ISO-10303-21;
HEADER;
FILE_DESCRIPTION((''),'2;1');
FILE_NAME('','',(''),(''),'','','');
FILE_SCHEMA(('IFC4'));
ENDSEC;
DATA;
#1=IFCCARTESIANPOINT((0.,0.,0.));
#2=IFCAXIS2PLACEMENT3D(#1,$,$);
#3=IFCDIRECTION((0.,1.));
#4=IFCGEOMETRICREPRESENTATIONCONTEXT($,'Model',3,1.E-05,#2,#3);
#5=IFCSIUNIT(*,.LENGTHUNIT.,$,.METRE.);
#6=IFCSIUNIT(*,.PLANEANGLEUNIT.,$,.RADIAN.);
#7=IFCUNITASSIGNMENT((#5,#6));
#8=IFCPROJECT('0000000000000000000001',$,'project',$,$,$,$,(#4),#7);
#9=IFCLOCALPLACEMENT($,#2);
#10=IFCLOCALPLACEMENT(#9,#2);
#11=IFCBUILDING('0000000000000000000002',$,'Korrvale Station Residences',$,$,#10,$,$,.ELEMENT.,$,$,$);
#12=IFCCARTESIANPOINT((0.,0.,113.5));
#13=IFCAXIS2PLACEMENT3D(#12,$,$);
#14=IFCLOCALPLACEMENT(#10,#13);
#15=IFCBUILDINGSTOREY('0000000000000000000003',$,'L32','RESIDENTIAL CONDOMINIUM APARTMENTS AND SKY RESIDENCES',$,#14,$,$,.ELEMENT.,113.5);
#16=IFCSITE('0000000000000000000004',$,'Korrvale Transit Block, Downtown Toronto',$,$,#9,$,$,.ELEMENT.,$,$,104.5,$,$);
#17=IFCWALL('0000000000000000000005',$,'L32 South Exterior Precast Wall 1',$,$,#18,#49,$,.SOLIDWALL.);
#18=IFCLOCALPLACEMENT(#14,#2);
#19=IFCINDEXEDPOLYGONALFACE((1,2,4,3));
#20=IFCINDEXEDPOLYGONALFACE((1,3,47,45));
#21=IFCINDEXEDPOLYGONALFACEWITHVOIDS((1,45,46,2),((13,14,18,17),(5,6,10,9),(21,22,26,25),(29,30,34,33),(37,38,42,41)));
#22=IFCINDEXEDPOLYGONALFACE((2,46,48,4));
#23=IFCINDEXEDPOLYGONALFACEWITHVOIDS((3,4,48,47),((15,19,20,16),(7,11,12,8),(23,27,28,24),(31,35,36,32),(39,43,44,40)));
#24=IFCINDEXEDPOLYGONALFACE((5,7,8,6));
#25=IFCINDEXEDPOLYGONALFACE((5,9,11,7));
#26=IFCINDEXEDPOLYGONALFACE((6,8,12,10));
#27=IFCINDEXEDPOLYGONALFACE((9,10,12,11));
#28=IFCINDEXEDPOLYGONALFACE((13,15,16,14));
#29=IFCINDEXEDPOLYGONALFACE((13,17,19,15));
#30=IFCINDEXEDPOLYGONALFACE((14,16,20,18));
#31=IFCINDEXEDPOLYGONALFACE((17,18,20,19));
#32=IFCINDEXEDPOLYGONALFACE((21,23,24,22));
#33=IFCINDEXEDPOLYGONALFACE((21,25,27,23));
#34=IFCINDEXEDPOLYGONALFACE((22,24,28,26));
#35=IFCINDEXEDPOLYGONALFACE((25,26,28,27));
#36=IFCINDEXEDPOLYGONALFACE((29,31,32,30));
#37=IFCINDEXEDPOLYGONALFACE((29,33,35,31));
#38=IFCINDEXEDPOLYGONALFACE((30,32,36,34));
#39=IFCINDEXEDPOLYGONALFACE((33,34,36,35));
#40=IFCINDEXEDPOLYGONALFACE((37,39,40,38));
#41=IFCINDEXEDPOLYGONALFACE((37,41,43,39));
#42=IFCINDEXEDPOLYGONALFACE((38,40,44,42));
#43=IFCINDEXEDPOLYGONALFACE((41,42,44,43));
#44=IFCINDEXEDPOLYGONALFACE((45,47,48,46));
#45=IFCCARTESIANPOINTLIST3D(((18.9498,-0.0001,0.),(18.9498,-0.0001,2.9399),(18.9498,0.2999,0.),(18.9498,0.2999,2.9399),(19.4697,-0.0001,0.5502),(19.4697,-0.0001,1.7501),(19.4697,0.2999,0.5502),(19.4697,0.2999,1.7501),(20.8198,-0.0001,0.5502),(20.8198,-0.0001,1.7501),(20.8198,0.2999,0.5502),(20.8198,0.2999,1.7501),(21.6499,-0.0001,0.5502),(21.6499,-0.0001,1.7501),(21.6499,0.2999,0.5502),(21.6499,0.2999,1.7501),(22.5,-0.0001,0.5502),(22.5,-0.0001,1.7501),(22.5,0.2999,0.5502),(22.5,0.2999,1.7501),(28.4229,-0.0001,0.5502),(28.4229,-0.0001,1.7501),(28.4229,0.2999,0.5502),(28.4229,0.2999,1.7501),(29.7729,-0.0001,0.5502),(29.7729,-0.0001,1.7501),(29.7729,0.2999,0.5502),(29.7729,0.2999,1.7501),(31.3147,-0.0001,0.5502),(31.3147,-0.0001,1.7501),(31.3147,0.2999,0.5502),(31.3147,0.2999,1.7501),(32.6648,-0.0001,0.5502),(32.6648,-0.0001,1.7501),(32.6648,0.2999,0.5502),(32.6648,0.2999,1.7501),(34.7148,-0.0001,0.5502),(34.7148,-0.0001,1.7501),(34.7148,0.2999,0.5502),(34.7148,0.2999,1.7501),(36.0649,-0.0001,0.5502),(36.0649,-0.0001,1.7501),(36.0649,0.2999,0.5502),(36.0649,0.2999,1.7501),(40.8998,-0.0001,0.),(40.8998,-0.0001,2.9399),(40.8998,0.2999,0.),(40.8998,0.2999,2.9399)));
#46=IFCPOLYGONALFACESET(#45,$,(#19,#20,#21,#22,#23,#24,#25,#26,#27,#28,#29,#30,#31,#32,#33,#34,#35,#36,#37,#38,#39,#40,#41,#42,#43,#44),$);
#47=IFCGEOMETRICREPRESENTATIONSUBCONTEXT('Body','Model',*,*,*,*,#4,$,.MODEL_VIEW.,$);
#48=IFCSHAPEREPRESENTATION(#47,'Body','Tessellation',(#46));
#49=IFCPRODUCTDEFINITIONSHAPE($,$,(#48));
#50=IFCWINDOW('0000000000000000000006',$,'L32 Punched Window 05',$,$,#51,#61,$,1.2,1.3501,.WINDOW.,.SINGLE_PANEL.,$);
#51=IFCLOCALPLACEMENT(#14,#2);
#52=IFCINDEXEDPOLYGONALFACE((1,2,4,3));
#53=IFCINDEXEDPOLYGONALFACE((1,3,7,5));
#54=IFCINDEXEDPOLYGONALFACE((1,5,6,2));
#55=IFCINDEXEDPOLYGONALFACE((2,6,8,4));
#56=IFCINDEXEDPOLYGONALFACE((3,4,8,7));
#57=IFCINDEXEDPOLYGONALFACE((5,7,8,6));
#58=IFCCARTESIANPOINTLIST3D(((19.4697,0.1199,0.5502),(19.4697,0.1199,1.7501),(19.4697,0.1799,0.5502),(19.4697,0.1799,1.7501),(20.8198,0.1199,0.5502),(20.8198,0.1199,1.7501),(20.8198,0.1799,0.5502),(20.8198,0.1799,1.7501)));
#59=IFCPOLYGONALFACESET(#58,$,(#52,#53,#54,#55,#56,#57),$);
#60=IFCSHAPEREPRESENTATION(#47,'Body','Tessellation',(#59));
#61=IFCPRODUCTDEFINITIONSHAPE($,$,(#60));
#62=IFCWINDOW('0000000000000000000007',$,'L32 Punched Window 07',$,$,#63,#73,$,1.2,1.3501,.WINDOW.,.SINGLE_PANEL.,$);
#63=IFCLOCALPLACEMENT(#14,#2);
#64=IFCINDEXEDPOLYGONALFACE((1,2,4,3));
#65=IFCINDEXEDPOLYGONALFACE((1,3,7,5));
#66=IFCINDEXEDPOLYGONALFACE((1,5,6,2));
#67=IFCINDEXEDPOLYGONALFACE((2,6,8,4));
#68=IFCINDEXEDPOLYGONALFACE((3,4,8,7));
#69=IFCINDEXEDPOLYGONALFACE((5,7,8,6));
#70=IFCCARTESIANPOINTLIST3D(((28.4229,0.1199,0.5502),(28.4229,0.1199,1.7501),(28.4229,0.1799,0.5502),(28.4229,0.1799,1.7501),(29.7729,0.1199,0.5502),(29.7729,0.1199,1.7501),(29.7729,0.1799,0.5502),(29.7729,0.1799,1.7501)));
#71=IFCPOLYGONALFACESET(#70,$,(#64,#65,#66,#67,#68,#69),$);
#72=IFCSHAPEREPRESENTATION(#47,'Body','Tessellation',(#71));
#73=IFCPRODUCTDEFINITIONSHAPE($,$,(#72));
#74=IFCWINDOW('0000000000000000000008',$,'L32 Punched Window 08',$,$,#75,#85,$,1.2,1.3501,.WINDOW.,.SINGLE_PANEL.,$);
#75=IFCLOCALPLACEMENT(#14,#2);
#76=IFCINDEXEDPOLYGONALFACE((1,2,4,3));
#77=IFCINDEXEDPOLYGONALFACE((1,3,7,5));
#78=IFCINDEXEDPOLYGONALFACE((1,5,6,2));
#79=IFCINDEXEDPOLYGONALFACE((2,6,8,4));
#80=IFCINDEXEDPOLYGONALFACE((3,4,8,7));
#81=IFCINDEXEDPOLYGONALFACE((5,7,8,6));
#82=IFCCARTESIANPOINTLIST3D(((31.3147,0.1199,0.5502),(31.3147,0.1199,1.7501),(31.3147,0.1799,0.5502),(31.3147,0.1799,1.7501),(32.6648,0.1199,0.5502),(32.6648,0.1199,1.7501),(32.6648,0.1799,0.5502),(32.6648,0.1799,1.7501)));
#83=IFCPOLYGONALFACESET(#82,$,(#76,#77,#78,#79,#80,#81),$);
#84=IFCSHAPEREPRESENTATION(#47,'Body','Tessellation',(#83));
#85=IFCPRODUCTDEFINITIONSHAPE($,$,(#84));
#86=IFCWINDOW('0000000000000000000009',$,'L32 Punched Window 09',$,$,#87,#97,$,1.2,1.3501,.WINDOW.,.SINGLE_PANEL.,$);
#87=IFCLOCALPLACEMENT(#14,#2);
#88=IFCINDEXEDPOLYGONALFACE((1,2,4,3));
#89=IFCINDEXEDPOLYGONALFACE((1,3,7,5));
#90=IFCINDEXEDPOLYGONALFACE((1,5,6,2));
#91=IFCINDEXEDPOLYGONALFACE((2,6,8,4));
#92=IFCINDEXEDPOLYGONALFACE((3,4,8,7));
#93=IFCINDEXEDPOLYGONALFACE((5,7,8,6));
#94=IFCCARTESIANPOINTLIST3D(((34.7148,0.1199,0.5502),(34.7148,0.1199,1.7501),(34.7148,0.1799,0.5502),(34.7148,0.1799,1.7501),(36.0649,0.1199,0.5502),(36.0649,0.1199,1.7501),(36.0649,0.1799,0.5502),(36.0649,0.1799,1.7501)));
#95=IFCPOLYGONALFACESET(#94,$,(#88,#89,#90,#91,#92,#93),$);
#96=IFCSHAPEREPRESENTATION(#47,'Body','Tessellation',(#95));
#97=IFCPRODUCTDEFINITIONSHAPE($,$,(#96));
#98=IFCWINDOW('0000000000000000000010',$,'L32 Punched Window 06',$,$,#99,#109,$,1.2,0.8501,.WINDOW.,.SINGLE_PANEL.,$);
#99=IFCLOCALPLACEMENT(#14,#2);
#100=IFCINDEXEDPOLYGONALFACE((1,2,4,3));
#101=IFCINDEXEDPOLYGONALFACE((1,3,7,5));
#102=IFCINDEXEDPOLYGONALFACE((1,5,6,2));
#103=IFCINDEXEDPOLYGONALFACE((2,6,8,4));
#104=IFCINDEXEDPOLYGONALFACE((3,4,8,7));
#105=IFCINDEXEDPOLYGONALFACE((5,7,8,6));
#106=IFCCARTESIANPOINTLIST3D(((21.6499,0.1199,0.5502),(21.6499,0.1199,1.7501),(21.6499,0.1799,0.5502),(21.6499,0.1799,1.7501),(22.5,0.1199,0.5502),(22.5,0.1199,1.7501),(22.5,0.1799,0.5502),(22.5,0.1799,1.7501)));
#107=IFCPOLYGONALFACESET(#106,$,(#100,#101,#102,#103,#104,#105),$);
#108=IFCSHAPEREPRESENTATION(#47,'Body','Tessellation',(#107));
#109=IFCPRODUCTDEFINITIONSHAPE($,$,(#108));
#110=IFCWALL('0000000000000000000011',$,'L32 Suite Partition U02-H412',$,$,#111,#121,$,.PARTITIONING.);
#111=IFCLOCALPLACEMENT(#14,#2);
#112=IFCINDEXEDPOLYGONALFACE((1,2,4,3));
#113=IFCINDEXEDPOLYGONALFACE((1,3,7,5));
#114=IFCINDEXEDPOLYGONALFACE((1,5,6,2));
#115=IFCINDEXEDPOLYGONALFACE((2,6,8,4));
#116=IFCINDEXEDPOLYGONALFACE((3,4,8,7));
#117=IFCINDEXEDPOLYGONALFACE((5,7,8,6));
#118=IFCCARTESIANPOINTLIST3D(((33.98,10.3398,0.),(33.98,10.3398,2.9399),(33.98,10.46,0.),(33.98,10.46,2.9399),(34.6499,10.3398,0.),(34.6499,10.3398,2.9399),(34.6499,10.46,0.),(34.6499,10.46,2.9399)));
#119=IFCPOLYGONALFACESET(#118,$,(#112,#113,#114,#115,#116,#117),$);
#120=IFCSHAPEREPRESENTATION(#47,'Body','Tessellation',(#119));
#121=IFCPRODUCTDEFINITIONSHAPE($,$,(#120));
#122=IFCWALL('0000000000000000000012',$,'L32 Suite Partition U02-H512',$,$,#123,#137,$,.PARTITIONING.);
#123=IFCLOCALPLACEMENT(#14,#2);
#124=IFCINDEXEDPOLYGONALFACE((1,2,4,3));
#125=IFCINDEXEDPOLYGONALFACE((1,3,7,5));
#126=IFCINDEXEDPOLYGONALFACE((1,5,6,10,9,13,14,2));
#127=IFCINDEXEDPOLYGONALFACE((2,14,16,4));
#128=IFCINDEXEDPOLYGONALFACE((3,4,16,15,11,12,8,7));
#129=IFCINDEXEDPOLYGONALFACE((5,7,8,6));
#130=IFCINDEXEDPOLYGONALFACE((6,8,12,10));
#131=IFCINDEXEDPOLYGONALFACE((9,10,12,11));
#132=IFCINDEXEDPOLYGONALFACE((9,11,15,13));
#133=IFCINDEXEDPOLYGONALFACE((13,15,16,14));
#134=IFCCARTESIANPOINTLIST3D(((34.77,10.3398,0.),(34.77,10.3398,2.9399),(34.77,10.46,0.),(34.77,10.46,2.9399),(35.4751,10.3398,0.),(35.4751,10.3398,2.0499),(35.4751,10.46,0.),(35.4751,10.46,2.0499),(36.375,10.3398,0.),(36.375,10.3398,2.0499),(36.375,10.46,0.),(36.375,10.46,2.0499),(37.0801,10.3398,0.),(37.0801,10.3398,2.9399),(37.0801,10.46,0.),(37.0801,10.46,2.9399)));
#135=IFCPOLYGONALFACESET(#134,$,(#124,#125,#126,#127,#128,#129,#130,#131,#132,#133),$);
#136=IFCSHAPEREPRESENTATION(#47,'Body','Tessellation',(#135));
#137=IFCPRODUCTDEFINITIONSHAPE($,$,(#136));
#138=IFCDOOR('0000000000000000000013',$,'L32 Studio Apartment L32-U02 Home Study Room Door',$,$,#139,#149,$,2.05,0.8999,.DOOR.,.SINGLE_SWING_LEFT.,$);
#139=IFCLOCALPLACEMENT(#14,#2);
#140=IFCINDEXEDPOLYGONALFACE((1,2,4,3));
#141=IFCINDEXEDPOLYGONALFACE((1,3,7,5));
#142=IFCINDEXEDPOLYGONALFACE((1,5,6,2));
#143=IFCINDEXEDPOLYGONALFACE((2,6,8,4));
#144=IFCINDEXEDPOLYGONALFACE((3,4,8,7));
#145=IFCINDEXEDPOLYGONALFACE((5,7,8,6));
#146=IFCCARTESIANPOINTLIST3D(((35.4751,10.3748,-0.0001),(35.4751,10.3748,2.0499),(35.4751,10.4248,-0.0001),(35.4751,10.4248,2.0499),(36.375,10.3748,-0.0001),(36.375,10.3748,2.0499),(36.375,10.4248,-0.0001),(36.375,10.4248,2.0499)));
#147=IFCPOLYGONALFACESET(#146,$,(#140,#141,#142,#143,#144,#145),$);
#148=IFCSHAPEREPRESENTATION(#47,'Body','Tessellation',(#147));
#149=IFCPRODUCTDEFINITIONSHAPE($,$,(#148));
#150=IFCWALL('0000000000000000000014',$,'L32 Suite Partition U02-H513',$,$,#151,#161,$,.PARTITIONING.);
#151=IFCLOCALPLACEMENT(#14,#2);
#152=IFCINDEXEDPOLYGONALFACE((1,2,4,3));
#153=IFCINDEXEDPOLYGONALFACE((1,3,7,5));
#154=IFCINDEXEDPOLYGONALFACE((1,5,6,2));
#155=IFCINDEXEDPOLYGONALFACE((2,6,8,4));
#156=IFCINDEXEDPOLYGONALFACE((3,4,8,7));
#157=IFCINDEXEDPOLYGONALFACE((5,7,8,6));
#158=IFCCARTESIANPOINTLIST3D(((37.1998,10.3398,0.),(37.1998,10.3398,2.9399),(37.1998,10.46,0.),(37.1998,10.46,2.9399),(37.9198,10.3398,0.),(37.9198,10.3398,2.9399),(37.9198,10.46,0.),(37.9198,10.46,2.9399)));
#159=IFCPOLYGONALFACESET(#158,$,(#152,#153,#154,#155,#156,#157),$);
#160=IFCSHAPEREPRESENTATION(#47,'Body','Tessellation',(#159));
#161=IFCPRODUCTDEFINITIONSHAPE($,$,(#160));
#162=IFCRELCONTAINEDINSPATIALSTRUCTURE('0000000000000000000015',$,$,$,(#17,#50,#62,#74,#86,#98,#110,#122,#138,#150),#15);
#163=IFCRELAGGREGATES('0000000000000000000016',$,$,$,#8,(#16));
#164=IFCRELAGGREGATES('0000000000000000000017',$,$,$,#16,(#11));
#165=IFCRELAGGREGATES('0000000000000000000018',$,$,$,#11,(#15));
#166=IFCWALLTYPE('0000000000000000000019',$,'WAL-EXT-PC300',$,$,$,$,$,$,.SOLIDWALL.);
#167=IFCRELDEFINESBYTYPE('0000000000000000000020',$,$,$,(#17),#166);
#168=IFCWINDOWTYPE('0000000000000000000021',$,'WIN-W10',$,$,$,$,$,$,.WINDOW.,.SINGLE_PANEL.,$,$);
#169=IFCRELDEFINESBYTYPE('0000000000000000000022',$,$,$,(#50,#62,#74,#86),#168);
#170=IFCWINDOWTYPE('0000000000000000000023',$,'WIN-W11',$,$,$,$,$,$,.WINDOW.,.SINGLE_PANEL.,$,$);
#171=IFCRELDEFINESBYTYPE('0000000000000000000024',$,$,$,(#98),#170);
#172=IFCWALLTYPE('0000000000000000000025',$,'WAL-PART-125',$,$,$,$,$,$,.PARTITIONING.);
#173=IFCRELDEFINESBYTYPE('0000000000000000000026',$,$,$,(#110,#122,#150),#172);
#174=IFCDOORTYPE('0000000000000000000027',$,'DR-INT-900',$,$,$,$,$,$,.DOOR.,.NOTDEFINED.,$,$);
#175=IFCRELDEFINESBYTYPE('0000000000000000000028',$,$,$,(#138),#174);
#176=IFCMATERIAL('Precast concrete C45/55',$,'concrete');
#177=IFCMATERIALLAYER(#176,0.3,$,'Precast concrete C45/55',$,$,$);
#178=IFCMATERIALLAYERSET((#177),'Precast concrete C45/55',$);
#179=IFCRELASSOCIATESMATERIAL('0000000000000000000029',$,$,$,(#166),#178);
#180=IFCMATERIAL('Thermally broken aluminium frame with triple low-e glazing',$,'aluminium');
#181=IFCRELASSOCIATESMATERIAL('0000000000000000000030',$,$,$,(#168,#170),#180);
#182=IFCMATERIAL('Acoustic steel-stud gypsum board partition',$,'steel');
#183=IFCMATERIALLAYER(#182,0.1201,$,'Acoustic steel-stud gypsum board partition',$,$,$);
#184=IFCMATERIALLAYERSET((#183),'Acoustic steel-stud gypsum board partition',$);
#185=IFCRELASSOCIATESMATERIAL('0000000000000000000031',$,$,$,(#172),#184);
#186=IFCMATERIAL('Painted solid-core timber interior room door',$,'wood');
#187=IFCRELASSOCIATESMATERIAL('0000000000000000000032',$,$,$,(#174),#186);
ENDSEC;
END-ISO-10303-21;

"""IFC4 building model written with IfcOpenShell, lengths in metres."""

from ifc_helpers import new_model, si_unit, direction, frame, frame_2d, origin, place, context, subcontext, project, spatial, rectangle, extrude, material, layer, layer_set, type_object, element, fill, save


model = new_model("IFC4")

# Units and contexts
model_context = context("Model", 3, precision=1e-05, world=origin(), true_north=direction((0.0, 1.0)))
body_context = subcontext(model_context, "Body", "Model", "MODEL_VIEW")
ifc_project = project(units=[si_unit("LENGTHUNIT", "METRE"), si_unit("PLANEANGLEUNIT", "RADIAN")], contexts=[model_context])

# Site, building, storey
site_placement = place(None, origin())
site = spatial("IfcSite", under=ifc_project, at=site_placement, Name="Korrvale Transit Block, Downtown Toronto", CompositionType="ELEMENT", RefElevation=104.5)
building_placement = place(site_placement, origin())
building = spatial("IfcBuilding", under=site, at=building_placement, Name="Korrvale Station Residences", CompositionType="ELEMENT")
storey_placement = place(building_placement, frame((0.0, 0.0, 113.5)))
storey = spatial("IfcBuildingStorey", under=building, at=storey_placement, Name="L32", Description="RESIDENTIAL CONDOMINIUM APARTMENTS AND SKY RESIDENCES", CompositionType="ELEMENT", Elevation=113.5)

# Shared definitions
ifc_material_1 = material(Name="Precast concrete C45/55", Category="concrete")

# Wall, openings, windows
ifc_layer_1 = layer(ifc_material_1, 0.3, Name="Precast concrete C45/55")
ifc_layer_set_1 = layer_set([ifc_layer_1], Name="Precast concrete C45/55")
wall_type_1 = type_object("IfcWallType", Name="WAL-EXT-PC300", PredefinedType="SOLIDWALL", material=ifc_layer_set_1)
wall_1_placement = place(storey_placement, frame((40.8999, 0.1499, 0.0), z_axis=(0.0, 0.0, 1.0), x_axis=(-1.0, 0.0, 0.0)))
wall_1 = element("IfcWall", 1, at=wall_1_placement, inside=storey, type_object=wall_type_1, Name="L32 South Exterior Precast Wall 1", PredefinedType="SOLIDWALL", context=body_context, shape_type="SweptSolid", body=[
    extrude(rectangle(XDim=21.95, YDim=0.3, at=frame_2d((10.9751, 0.0))), origin(), (0.0, 0.0, 1.0), 2.9399),
])
opening_1_placement = place(wall_1_placement, frame((20.0801, 0.0, 0.55)))
opening_1 = element("IfcOpeningElement", 2, at=opening_1_placement, cuts=wall_1, PredefinedType="OPENING", context=body_context, shape_type="SweptSolid", body=[
    extrude(rectangle(XDim=1.3501, YDim=1.2, at=frame_2d((0.675, 0.6001))), frame((0.0, 0.1602, 0.0), z_axis=(0.0, -1.0, 0.0), x_axis=(1.0, 0.0, 0.0)), (0.0, 0.0, 1.0), 0.3201),
])
opening_2_placement = place(wall_1_placement, frame((18.3999, 0.0, 0.55)))
opening_2 = element("IfcOpeningElement", 3, at=opening_2_placement, cuts=wall_1, PredefinedType="OPENING", context=body_context, shape_type="SweptSolid", body=[
    extrude(rectangle(XDim=0.8501, YDim=1.2, at=frame_2d((0.425, 0.6001))), frame((0.0, 0.1602, 0.0), z_axis=(0.0, -1.0, 0.0), x_axis=(1.0, 0.0, 0.0)), (0.0, 0.0, 1.0), 0.3201),
])
opening_3_placement = place(wall_1_placement, frame((11.127, 0.0, 0.55)))
opening_3 = element("IfcOpeningElement", 4, at=opening_3_placement, cuts=wall_1, PredefinedType="OPENING", context=body_context, shape_type="SweptSolid", body=[
    extrude(rectangle(XDim=1.3501, YDim=1.2, at=frame_2d((0.675, 0.6001))), frame((0.0, 0.1602, 0.0), z_axis=(0.0, -1.0, 0.0), x_axis=(1.0, 0.0, 0.0)), (0.0, 0.0, 1.0), 0.3201),
])
opening_4_placement = place(wall_1_placement, frame((8.2351, 0.0, 0.55)))
opening_4 = element("IfcOpeningElement", 5, at=opening_4_placement, cuts=wall_1, PredefinedType="OPENING", context=body_context, shape_type="SweptSolid", body=[
    extrude(rectangle(XDim=1.3501, YDim=1.2, at=frame_2d((0.675, 0.6001))), frame((0.0, 0.1602, 0.0), z_axis=(0.0, -1.0, 0.0), x_axis=(1.0, 0.0, 0.0)), (0.0, 0.0, 1.0), 0.3201),
])
opening_5_placement = place(wall_1_placement, frame((4.835, 0.0, 0.55)))
opening_5 = element("IfcOpeningElement", 6, at=opening_5_placement, cuts=wall_1, PredefinedType="OPENING", context=body_context, shape_type="SweptSolid", body=[
    extrude(rectangle(XDim=1.3501, YDim=1.2, at=frame_2d((0.675, 0.6001))), frame((0.0, 0.1602, 0.0), z_axis=(0.0, -1.0, 0.0), x_axis=(1.0, 0.0, 0.0)), (0.0, 0.0, 1.0), 0.3201),
])
ifc_material_2 = material(Name="Thermally broken aluminium frame with triple low-e glazing", Category="aluminium")
window_type_1 = type_object("IfcWindowType", Name="WIN-W10", PartitioningType="SINGLE_PANEL", PredefinedType="WINDOW", material=ifc_material_2)
window_1_placement = place(opening_1_placement, origin())
window_1 = element("IfcWindow", 7, at=window_1_placement, inside=storey, type_object=window_type_1, Name="L32 Punched Window 05", OverallHeight=1.2, OverallWidth=1.3501, PartitioningType="SINGLE_PANEL", PredefinedType="WINDOW", context=body_context, shape_type="SweptSolid", body=[
    extrude(rectangle(XDim=1.3501, YDim=1.2, at=frame_2d((0.675, 0.6001))), frame((0.0, 0.03, 0.0), z_axis=(0.0, -1.0, 0.0), x_axis=(1.0, 0.0, 0.0)), (0.0, 0.0, 1.0), 0.0601),
])
fill(opening_1, window_1)
window_2_placement = place(opening_3_placement, origin())
window_2 = element("IfcWindow", 8, at=window_2_placement, inside=storey, type_object=window_type_1, Name="L32 Punched Window 07", OverallHeight=1.2, OverallWidth=1.3501, PartitioningType="SINGLE_PANEL", PredefinedType="WINDOW", context=body_context, shape_type="SweptSolid", body=[
    extrude(rectangle(XDim=1.3501, YDim=1.2, at=frame_2d((0.675, 0.6001))), frame((0.0, 0.03, 0.0), z_axis=(0.0, -1.0, 0.0), x_axis=(1.0, 0.0, 0.0)), (0.0, 0.0, 1.0), 0.0601),
])
fill(opening_3, window_2)
window_3_placement = place(opening_4_placement, origin())
window_3 = element("IfcWindow", 9, at=window_3_placement, inside=storey, type_object=window_type_1, Name="L32 Punched Window 08", OverallHeight=1.2, OverallWidth=1.3501, PartitioningType="SINGLE_PANEL", PredefinedType="WINDOW", context=body_context, shape_type="SweptSolid", body=[
    extrude(rectangle(XDim=1.3501, YDim=1.2, at=frame_2d((0.675, 0.6001))), frame((0.0, 0.03, 0.0), z_axis=(0.0, -1.0, 0.0), x_axis=(1.0, 0.0, 0.0)), (0.0, 0.0, 1.0), 0.0601),
])
fill(opening_4, window_3)
window_4_placement = place(opening_5_placement, origin())
window_4 = element("IfcWindow", 10, at=window_4_placement, inside=storey, type_object=window_type_1, Name="L32 Punched Window 09", OverallHeight=1.2, OverallWidth=1.3501, PartitioningType="SINGLE_PANEL", PredefinedType="WINDOW", context=body_context, shape_type="SweptSolid", body=[
    extrude(rectangle(XDim=1.3501, YDim=1.2, at=frame_2d((0.675, 0.6001))), frame((0.0, 0.03, 0.0), z_axis=(0.0, -1.0, 0.0), x_axis=(1.0, 0.0, 0.0)), (0.0, 0.0, 1.0), 0.0601),
])
fill(opening_5, window_4)
window_type_2 = type_object("IfcWindowType", Name="WIN-W11", PartitioningType="SINGLE_PANEL", PredefinedType="WINDOW", material=ifc_material_2)
window_5_placement = place(opening_2_placement, origin())
window_5 = element("IfcWindow", 11, at=window_5_placement, inside=storey, type_object=window_type_2, Name="L32 Punched Window 06", OverallHeight=1.2, OverallWidth=0.8501, PartitioningType="SINGLE_PANEL", PredefinedType="WINDOW", context=body_context, shape_type="SweptSolid", body=[
    extrude(rectangle(XDim=0.8501, YDim=1.2, at=frame_2d((0.425, 0.6001))), frame((0.0, 0.03, 0.0), z_axis=(0.0, -1.0, 0.0), x_axis=(1.0, 0.0, 0.0)), (0.0, 0.0, 1.0), 0.0601),
])
fill(opening_2, window_5)

# Wall
ifc_material_3 = material(Name="Acoustic steel-stud gypsum board partition", Category="steel")
ifc_layer_2 = layer(ifc_material_3, 0.1201, Name="Acoustic steel-stud gypsum board partition")
ifc_layer_set_2 = layer_set([ifc_layer_2], Name="Acoustic steel-stud gypsum board partition")
wall_type_2 = type_object("IfcWallType", Name="WAL-PART-125", PredefinedType="PARTITIONING", material=ifc_layer_set_2)
wall_2_placement = place(storey_placement, frame((33.98, 10.3999, 0.0), z_axis=(0.0, 0.0, 1.0), x_axis=(1.0, 0.0, 0.0)))
element("IfcWall", 12, at=wall_2_placement, inside=storey, type_object=wall_type_2, Name="L32 Suite Partition U02-H412", PredefinedType="PARTITIONING", context=body_context, shape_type="SweptSolid", body=[
    extrude(rectangle(XDim=0.6699, YDim=0.1201, at=frame_2d((0.335, 0.0))), origin(), (0.0, 0.0, 1.0), 2.9399),
])

# Wall, opening, door
wall_3_placement = place(storey_placement, frame((34.77, 10.3999, 0.0), z_axis=(0.0, 0.0, 1.0), x_axis=(1.0, 0.0, 0.0)))
wall_3 = element("IfcWall", 13, at=wall_3_placement, inside=storey, type_object=wall_type_2, Name="L32 Suite Partition U02-H512", PredefinedType="PARTITIONING", context=body_context, shape_type="SweptSolid", body=[
    extrude(rectangle(XDim=2.3101, YDim=0.1201, at=frame_2d((1.155, 0.0))), origin(), (0.0, 0.0, 1.0), 2.9399),
])
opening_6_placement = place(wall_3_placement, frame((0.7051, 0.0, 0.0)))
opening_6 = element("IfcOpeningElement", 14, at=opening_6_placement, cuts=wall_3, PredefinedType="OPENING", context=body_context, shape_type="SweptSolid", body=[
    extrude(rectangle(XDim=0.8999, YDim=2.05, at=frame_2d((0.45, 1.0249))), frame((0.0, 0.0701, 0.0), z_axis=(0.0, -1.0, 0.0), x_axis=(1.0, 0.0, 0.0)), (0.0, 0.0, 1.0), 0.1401),
])
ifc_material_4 = material(Name="Painted solid-core timber interior room door", Category="wood")
door_type = type_object("IfcDoorType", Name="DR-INT-900", OperationType="NOTDEFINED", PredefinedType="DOOR", material=ifc_material_4)
door_1_placement = place(opening_6_placement, origin())
door_1 = element("IfcDoor", 15, at=door_1_placement, inside=storey, type_object=door_type, Name="L32 Studio Apartment L32-U02 Home Study Room Door", OperationType="SINGLE_SWING_LEFT", OverallHeight=2.05, OverallWidth=0.8999, PredefinedType="DOOR", context=body_context, shape_type="SweptSolid", body=[
    extrude(rectangle(XDim=0.8999, YDim=2.05, at=frame_2d((0.45, 1.0249))), frame((0.0, 0.0249, 0.0), z_axis=(0.0, -1.0, 0.0), x_axis=(1.0, 0.0, 0.0)), (0.0, 0.0, 1.0), 0.05),
])
fill(opening_6, door_1)

# Wall
wall_4_placement = place(storey_placement, frame((37.2, 10.3999, 0.0), z_axis=(0.0, 0.0, 1.0), x_axis=(1.0, 0.0, 0.0)))
element("IfcWall", 16, at=wall_4_placement, inside=storey, type_object=wall_type_2, Name="L32 Suite Partition U02-H513", PredefinedType="PARTITIONING", context=body_context, shape_type="SweptSolid", body=[
    extrude(rectangle(XDim=0.72, YDim=0.1201, at=frame_2d((0.3599, 0.0))), origin(), (0.0, 0.0, 1.0), 2.9399),
])

save(model, "model.ifc")
